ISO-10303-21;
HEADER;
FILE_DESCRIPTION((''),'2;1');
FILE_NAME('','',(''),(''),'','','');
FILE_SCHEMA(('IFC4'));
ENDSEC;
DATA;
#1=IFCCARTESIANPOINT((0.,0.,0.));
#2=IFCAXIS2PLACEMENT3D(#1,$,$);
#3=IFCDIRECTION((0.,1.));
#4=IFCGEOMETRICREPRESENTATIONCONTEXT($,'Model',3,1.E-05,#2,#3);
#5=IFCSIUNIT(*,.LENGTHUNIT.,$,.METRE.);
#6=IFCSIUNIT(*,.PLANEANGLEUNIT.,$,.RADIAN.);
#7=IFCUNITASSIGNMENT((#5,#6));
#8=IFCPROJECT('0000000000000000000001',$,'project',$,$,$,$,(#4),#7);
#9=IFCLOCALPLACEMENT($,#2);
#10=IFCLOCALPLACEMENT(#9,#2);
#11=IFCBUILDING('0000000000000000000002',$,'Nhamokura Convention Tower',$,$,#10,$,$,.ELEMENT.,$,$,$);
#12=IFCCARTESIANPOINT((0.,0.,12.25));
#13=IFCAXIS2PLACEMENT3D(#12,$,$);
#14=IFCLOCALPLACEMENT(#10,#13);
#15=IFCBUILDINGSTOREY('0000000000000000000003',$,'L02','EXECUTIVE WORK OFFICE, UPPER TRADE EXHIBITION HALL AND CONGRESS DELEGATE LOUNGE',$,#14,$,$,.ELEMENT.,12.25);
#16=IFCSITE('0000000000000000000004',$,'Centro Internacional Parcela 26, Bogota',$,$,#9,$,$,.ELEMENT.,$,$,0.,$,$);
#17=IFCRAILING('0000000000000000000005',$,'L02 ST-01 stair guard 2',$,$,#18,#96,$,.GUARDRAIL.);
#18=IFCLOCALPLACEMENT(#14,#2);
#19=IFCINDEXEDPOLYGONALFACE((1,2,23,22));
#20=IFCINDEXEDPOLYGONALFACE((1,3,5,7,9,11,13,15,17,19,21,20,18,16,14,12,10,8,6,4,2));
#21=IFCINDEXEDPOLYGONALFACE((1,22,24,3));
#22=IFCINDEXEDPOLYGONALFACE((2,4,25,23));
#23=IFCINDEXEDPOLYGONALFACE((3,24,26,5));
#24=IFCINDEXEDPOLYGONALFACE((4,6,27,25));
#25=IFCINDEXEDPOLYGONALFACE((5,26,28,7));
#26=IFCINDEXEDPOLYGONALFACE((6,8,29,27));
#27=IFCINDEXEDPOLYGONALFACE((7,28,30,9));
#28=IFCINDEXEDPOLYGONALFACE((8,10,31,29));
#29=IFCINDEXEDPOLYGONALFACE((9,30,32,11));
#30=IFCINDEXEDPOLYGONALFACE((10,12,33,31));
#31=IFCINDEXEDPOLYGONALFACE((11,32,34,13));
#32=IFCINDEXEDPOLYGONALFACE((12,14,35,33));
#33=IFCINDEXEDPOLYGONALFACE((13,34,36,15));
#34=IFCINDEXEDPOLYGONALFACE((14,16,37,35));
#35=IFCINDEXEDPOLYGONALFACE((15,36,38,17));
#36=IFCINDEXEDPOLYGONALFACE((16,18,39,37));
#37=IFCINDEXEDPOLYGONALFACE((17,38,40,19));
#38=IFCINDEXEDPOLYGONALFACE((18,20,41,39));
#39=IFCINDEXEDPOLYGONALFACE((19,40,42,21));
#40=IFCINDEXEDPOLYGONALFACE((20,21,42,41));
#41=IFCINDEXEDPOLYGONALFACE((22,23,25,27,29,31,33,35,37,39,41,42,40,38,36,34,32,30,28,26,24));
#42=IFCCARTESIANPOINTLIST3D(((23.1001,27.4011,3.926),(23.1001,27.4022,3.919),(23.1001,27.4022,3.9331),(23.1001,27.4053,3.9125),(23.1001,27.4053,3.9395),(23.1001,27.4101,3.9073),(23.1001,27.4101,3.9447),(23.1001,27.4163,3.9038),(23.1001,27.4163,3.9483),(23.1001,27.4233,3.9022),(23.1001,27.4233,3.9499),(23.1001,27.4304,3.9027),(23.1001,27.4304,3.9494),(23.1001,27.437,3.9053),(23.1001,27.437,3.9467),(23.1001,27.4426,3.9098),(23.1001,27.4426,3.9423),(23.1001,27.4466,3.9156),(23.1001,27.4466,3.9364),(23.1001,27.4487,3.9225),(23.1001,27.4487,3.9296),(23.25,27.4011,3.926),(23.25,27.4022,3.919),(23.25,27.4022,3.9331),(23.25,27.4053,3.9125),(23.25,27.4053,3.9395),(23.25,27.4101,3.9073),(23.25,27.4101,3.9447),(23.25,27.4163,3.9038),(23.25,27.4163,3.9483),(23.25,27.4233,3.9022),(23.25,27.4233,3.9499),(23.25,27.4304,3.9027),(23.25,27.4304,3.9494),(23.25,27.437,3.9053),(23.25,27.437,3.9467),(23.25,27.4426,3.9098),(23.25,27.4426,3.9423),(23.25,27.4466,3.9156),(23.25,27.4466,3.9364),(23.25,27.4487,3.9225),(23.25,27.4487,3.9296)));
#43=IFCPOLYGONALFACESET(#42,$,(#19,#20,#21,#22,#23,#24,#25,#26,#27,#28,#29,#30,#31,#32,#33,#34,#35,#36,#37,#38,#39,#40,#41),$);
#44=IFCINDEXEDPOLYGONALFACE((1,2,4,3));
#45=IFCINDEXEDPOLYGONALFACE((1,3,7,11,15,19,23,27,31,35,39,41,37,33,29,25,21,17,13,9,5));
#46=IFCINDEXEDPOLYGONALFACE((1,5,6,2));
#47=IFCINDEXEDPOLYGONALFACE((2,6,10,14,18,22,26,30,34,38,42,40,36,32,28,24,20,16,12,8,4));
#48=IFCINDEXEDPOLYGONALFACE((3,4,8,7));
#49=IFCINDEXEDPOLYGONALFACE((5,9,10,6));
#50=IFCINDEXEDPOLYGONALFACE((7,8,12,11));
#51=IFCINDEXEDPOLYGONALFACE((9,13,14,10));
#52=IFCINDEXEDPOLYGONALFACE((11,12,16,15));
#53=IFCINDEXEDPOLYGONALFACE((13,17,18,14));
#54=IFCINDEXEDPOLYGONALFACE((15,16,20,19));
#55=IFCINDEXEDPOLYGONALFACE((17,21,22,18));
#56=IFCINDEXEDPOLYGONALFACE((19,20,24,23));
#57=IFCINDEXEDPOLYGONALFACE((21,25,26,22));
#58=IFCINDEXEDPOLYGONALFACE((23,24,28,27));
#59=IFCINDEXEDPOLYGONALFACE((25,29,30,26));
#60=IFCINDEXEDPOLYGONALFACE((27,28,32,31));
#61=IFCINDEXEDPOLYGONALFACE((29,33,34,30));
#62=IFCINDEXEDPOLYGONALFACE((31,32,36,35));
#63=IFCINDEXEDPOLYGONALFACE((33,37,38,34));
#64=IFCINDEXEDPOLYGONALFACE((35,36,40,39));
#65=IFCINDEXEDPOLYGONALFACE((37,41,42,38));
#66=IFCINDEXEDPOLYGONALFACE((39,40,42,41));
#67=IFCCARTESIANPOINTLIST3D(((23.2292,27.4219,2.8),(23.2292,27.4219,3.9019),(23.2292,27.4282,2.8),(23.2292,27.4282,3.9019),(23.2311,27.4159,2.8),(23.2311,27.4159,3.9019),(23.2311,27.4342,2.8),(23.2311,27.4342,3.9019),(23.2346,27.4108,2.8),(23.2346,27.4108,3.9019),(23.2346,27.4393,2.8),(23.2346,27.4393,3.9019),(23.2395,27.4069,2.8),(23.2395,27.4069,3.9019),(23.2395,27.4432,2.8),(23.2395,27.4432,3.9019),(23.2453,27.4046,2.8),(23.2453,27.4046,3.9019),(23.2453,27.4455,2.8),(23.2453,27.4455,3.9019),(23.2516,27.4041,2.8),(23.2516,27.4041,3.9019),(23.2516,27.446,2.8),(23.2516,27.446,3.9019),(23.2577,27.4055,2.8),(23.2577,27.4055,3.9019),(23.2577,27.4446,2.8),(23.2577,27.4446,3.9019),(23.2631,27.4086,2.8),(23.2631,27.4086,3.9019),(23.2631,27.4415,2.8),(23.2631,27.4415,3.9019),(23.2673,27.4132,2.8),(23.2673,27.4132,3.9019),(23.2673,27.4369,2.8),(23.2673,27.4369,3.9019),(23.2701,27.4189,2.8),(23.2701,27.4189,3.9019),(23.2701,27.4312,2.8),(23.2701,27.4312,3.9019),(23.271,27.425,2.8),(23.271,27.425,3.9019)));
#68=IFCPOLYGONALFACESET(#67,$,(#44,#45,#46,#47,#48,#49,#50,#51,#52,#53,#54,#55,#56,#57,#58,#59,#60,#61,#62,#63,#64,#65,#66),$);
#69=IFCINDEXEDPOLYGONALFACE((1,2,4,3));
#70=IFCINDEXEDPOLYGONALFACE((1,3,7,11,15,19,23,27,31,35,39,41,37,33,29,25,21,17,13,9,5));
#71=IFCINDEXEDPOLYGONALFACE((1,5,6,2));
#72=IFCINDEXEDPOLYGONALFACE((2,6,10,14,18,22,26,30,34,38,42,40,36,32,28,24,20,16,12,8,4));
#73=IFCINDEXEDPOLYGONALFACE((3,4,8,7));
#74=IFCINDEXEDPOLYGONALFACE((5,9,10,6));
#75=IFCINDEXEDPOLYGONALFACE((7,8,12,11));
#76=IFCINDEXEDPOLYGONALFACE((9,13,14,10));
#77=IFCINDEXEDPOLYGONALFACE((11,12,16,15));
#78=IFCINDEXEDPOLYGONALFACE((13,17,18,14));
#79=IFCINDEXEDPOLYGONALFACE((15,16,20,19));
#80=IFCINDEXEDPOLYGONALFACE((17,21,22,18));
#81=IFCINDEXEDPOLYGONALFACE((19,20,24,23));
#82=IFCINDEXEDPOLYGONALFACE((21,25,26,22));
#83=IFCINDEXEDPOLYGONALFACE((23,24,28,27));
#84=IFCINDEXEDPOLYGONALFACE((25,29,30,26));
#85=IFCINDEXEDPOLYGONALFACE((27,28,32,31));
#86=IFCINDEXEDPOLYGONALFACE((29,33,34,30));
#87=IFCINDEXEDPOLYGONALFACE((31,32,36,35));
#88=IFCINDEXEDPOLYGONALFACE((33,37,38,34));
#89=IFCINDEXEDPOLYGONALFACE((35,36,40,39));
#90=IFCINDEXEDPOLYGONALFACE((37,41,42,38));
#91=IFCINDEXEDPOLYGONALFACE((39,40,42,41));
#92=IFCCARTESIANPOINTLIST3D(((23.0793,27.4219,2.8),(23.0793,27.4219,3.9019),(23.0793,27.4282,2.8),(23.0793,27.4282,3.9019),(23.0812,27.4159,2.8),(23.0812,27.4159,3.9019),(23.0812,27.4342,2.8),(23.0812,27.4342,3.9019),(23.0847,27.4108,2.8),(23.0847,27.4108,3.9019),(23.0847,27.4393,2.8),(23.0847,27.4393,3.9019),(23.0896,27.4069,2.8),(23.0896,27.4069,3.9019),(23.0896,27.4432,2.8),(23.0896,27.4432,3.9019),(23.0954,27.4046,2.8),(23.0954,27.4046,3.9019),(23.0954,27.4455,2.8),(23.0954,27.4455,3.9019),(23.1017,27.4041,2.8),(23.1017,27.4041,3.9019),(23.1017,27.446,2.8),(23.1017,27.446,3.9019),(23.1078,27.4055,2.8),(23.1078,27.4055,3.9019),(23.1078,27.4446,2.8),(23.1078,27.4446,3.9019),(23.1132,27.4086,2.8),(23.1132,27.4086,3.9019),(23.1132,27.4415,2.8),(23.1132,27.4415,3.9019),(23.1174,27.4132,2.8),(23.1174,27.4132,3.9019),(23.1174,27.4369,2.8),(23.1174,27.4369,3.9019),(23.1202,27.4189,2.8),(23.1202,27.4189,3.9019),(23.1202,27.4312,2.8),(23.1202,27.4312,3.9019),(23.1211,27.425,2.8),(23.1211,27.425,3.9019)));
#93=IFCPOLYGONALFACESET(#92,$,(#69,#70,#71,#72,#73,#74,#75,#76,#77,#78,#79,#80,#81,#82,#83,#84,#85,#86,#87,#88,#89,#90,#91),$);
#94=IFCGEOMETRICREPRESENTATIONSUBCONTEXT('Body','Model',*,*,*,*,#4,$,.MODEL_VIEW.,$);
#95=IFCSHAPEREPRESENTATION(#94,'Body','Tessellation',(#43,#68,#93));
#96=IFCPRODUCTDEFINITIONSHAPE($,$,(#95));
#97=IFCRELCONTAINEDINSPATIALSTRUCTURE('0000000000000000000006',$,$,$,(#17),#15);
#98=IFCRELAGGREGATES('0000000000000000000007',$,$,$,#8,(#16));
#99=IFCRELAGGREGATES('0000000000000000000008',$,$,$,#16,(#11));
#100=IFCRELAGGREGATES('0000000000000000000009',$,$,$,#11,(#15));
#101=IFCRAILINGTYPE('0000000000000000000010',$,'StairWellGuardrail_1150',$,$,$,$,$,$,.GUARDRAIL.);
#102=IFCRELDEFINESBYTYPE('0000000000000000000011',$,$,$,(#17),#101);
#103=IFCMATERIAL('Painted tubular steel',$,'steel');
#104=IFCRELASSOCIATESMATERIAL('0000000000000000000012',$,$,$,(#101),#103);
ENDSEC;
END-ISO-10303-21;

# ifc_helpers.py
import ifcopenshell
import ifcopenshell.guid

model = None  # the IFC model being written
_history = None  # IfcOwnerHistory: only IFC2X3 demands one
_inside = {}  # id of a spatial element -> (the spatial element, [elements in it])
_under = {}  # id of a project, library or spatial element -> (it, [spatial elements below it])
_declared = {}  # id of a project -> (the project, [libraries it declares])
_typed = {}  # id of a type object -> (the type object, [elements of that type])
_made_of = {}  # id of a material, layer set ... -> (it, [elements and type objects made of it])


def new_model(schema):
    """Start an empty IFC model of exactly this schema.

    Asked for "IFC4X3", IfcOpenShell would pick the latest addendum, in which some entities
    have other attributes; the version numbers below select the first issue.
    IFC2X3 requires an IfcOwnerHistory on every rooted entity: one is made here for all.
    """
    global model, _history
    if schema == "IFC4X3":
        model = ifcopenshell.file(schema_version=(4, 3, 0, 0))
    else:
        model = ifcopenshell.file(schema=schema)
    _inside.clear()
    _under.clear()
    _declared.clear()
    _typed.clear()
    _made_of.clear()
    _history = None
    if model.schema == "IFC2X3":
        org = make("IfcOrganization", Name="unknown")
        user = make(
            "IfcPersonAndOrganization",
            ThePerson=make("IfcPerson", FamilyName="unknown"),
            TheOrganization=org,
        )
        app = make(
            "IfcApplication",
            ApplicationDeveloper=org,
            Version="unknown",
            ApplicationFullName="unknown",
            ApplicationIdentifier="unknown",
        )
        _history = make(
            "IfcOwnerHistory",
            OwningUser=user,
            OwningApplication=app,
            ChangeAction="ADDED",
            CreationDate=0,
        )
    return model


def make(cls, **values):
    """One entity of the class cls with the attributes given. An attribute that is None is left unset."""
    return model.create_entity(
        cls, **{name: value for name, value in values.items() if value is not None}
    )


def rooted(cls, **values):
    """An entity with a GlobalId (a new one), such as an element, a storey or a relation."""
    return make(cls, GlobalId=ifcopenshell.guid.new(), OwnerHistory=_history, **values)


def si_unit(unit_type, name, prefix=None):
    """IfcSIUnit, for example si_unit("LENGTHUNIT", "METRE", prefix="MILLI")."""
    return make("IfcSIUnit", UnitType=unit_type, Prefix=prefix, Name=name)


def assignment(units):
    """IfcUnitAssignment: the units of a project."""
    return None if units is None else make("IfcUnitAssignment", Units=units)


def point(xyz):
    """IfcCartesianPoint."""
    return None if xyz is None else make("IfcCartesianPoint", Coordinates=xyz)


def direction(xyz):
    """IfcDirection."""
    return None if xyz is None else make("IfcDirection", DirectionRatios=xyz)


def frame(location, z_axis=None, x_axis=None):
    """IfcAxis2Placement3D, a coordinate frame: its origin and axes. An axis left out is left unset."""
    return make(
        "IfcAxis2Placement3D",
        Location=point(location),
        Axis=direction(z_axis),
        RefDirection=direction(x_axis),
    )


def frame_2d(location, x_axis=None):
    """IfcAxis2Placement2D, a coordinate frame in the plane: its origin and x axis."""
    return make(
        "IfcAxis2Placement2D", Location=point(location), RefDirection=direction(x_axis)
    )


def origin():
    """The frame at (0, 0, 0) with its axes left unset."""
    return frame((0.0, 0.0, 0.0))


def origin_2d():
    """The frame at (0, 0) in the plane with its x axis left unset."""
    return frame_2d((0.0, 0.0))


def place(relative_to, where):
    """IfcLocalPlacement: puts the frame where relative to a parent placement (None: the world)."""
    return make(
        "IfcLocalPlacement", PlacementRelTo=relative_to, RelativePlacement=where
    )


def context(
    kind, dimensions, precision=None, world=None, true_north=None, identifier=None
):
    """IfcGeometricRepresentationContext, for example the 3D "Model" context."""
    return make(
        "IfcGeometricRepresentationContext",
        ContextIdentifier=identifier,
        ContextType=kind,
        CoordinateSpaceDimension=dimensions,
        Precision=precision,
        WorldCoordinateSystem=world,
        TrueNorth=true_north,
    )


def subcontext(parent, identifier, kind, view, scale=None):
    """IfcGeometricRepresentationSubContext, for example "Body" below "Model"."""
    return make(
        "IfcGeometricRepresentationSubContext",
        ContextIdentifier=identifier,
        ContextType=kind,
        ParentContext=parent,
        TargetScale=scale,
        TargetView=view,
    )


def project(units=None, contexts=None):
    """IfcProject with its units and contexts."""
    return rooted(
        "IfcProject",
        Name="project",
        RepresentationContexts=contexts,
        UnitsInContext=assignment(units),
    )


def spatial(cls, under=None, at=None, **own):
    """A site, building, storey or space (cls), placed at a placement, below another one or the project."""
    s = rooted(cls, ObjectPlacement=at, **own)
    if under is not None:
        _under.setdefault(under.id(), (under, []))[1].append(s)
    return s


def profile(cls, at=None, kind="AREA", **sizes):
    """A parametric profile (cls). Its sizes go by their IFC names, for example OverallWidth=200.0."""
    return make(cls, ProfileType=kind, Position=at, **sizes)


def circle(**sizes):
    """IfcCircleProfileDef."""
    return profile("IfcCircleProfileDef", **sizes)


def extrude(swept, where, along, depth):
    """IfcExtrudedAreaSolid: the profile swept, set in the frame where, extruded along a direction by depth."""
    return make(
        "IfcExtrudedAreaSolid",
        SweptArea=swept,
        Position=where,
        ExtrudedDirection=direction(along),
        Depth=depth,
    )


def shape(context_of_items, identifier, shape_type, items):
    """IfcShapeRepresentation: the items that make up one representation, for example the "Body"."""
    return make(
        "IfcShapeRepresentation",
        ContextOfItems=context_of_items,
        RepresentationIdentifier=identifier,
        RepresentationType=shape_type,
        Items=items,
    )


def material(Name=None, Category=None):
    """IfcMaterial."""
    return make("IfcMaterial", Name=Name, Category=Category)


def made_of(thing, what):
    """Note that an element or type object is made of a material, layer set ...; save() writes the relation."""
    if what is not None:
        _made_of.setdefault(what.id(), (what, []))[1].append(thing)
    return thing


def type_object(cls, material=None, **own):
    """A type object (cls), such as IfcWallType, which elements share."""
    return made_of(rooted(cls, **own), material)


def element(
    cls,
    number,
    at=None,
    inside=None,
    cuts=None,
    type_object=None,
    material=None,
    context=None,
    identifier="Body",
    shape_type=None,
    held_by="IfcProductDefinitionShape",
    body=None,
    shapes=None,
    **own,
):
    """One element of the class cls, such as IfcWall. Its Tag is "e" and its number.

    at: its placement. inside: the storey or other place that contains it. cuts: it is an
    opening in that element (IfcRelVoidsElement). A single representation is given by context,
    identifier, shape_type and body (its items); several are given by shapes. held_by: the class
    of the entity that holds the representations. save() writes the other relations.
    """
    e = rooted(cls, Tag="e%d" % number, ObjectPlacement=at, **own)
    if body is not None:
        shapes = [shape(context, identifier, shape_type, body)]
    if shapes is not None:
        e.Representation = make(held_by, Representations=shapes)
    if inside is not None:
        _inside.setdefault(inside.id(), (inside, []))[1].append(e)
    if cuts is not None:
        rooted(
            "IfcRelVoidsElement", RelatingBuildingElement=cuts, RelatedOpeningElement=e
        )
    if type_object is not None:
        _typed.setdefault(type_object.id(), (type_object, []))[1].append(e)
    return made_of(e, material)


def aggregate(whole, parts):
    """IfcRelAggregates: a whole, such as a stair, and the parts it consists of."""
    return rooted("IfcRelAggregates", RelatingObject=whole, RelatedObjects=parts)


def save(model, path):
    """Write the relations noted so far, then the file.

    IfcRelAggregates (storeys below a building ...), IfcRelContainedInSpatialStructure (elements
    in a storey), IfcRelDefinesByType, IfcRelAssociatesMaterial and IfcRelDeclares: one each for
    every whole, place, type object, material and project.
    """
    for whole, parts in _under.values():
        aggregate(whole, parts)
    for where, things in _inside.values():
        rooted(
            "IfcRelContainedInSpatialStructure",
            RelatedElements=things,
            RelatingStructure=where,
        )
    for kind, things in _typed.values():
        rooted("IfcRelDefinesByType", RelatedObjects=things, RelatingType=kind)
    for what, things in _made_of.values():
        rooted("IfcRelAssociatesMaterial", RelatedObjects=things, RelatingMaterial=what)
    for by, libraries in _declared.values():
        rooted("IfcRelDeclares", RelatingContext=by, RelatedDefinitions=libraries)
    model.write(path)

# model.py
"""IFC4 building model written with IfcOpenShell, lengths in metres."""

from ifc_helpers import new_model, si_unit, direction, frame, origin, origin_2d, place, context, subcontext, project, spatial, circle, extrude, material, type_object, element, save


model = new_model("IFC4")

# Units and contexts
model_context = context("Model", 3, precision=1e-05, world=origin(), true_north=direction((0.0, 1.0)))
body_context = subcontext(model_context, "Body", "Model", "MODEL_VIEW")
ifc_project = project(units=[si_unit("LENGTHUNIT", "METRE"), si_unit("PLANEANGLEUNIT", "RADIAN")], contexts=[model_context])

# Site, building, storey
site_placement = place(None, origin())
site = spatial("IfcSite", under=ifc_project, at=site_placement, Name="Centro Internacional Parcela 26, Bogota", CompositionType="ELEMENT", RefElevation=0.0)
building_placement = place(site_placement, origin())
building = spatial("IfcBuilding", under=site, at=building_placement, Name="Nhamokura Convention Tower", CompositionType="ELEMENT")
storey_placement = place(building_placement, frame((0.0, 0.0, 12.25)))
storey = spatial("IfcBuildingStorey", under=building, at=storey_placement, Name="L02", Description="EXECUTIVE WORK OFFICE, UPPER TRADE EXHIBITION HALL AND CONGRESS DELEGATE LOUNGE", CompositionType="ELEMENT", Elevation=12.25)

# Railing
ifc_material_1 = material(Name="Painted tubular steel", Category="steel")
railing_type_1 = type_object("IfcRailingType", Name="StairWellGuardrail_1150", PredefinedType="GUARDRAIL", material=ifc_material_1)
railing_1_placement = place(storey_placement, frame((23.25, 27.425, 2.8)))
element("IfcRailing", 1, at=railing_1_placement, inside=storey, type_object=railing_type_1, Name="L02 ST-01 stair guard 2", PredefinedType="GUARDRAIL", context=body_context, shape_type="SweptSolid", body=[
    extrude(circle(Radius=0.0239, at=origin_2d()), frame((0.0, 0.0, 1.126), z_axis=(-1.0, 0.0, 0.0), x_axis=(0.0, -1.0, 0.0)), (0.0, 0.0, 1.0), 0.1499),
    extrude(circle(Radius=0.021, at=origin_2d()), origin(), (0.0, 0.0, 1.0), 1.1018),
    extrude(circle(Radius=0.021, at=origin_2d()), frame((-0.1499, 0.0, 0.0)), (0.0, 0.0, 1.0), 1.1018),
])

save(model, "model.ifc")
